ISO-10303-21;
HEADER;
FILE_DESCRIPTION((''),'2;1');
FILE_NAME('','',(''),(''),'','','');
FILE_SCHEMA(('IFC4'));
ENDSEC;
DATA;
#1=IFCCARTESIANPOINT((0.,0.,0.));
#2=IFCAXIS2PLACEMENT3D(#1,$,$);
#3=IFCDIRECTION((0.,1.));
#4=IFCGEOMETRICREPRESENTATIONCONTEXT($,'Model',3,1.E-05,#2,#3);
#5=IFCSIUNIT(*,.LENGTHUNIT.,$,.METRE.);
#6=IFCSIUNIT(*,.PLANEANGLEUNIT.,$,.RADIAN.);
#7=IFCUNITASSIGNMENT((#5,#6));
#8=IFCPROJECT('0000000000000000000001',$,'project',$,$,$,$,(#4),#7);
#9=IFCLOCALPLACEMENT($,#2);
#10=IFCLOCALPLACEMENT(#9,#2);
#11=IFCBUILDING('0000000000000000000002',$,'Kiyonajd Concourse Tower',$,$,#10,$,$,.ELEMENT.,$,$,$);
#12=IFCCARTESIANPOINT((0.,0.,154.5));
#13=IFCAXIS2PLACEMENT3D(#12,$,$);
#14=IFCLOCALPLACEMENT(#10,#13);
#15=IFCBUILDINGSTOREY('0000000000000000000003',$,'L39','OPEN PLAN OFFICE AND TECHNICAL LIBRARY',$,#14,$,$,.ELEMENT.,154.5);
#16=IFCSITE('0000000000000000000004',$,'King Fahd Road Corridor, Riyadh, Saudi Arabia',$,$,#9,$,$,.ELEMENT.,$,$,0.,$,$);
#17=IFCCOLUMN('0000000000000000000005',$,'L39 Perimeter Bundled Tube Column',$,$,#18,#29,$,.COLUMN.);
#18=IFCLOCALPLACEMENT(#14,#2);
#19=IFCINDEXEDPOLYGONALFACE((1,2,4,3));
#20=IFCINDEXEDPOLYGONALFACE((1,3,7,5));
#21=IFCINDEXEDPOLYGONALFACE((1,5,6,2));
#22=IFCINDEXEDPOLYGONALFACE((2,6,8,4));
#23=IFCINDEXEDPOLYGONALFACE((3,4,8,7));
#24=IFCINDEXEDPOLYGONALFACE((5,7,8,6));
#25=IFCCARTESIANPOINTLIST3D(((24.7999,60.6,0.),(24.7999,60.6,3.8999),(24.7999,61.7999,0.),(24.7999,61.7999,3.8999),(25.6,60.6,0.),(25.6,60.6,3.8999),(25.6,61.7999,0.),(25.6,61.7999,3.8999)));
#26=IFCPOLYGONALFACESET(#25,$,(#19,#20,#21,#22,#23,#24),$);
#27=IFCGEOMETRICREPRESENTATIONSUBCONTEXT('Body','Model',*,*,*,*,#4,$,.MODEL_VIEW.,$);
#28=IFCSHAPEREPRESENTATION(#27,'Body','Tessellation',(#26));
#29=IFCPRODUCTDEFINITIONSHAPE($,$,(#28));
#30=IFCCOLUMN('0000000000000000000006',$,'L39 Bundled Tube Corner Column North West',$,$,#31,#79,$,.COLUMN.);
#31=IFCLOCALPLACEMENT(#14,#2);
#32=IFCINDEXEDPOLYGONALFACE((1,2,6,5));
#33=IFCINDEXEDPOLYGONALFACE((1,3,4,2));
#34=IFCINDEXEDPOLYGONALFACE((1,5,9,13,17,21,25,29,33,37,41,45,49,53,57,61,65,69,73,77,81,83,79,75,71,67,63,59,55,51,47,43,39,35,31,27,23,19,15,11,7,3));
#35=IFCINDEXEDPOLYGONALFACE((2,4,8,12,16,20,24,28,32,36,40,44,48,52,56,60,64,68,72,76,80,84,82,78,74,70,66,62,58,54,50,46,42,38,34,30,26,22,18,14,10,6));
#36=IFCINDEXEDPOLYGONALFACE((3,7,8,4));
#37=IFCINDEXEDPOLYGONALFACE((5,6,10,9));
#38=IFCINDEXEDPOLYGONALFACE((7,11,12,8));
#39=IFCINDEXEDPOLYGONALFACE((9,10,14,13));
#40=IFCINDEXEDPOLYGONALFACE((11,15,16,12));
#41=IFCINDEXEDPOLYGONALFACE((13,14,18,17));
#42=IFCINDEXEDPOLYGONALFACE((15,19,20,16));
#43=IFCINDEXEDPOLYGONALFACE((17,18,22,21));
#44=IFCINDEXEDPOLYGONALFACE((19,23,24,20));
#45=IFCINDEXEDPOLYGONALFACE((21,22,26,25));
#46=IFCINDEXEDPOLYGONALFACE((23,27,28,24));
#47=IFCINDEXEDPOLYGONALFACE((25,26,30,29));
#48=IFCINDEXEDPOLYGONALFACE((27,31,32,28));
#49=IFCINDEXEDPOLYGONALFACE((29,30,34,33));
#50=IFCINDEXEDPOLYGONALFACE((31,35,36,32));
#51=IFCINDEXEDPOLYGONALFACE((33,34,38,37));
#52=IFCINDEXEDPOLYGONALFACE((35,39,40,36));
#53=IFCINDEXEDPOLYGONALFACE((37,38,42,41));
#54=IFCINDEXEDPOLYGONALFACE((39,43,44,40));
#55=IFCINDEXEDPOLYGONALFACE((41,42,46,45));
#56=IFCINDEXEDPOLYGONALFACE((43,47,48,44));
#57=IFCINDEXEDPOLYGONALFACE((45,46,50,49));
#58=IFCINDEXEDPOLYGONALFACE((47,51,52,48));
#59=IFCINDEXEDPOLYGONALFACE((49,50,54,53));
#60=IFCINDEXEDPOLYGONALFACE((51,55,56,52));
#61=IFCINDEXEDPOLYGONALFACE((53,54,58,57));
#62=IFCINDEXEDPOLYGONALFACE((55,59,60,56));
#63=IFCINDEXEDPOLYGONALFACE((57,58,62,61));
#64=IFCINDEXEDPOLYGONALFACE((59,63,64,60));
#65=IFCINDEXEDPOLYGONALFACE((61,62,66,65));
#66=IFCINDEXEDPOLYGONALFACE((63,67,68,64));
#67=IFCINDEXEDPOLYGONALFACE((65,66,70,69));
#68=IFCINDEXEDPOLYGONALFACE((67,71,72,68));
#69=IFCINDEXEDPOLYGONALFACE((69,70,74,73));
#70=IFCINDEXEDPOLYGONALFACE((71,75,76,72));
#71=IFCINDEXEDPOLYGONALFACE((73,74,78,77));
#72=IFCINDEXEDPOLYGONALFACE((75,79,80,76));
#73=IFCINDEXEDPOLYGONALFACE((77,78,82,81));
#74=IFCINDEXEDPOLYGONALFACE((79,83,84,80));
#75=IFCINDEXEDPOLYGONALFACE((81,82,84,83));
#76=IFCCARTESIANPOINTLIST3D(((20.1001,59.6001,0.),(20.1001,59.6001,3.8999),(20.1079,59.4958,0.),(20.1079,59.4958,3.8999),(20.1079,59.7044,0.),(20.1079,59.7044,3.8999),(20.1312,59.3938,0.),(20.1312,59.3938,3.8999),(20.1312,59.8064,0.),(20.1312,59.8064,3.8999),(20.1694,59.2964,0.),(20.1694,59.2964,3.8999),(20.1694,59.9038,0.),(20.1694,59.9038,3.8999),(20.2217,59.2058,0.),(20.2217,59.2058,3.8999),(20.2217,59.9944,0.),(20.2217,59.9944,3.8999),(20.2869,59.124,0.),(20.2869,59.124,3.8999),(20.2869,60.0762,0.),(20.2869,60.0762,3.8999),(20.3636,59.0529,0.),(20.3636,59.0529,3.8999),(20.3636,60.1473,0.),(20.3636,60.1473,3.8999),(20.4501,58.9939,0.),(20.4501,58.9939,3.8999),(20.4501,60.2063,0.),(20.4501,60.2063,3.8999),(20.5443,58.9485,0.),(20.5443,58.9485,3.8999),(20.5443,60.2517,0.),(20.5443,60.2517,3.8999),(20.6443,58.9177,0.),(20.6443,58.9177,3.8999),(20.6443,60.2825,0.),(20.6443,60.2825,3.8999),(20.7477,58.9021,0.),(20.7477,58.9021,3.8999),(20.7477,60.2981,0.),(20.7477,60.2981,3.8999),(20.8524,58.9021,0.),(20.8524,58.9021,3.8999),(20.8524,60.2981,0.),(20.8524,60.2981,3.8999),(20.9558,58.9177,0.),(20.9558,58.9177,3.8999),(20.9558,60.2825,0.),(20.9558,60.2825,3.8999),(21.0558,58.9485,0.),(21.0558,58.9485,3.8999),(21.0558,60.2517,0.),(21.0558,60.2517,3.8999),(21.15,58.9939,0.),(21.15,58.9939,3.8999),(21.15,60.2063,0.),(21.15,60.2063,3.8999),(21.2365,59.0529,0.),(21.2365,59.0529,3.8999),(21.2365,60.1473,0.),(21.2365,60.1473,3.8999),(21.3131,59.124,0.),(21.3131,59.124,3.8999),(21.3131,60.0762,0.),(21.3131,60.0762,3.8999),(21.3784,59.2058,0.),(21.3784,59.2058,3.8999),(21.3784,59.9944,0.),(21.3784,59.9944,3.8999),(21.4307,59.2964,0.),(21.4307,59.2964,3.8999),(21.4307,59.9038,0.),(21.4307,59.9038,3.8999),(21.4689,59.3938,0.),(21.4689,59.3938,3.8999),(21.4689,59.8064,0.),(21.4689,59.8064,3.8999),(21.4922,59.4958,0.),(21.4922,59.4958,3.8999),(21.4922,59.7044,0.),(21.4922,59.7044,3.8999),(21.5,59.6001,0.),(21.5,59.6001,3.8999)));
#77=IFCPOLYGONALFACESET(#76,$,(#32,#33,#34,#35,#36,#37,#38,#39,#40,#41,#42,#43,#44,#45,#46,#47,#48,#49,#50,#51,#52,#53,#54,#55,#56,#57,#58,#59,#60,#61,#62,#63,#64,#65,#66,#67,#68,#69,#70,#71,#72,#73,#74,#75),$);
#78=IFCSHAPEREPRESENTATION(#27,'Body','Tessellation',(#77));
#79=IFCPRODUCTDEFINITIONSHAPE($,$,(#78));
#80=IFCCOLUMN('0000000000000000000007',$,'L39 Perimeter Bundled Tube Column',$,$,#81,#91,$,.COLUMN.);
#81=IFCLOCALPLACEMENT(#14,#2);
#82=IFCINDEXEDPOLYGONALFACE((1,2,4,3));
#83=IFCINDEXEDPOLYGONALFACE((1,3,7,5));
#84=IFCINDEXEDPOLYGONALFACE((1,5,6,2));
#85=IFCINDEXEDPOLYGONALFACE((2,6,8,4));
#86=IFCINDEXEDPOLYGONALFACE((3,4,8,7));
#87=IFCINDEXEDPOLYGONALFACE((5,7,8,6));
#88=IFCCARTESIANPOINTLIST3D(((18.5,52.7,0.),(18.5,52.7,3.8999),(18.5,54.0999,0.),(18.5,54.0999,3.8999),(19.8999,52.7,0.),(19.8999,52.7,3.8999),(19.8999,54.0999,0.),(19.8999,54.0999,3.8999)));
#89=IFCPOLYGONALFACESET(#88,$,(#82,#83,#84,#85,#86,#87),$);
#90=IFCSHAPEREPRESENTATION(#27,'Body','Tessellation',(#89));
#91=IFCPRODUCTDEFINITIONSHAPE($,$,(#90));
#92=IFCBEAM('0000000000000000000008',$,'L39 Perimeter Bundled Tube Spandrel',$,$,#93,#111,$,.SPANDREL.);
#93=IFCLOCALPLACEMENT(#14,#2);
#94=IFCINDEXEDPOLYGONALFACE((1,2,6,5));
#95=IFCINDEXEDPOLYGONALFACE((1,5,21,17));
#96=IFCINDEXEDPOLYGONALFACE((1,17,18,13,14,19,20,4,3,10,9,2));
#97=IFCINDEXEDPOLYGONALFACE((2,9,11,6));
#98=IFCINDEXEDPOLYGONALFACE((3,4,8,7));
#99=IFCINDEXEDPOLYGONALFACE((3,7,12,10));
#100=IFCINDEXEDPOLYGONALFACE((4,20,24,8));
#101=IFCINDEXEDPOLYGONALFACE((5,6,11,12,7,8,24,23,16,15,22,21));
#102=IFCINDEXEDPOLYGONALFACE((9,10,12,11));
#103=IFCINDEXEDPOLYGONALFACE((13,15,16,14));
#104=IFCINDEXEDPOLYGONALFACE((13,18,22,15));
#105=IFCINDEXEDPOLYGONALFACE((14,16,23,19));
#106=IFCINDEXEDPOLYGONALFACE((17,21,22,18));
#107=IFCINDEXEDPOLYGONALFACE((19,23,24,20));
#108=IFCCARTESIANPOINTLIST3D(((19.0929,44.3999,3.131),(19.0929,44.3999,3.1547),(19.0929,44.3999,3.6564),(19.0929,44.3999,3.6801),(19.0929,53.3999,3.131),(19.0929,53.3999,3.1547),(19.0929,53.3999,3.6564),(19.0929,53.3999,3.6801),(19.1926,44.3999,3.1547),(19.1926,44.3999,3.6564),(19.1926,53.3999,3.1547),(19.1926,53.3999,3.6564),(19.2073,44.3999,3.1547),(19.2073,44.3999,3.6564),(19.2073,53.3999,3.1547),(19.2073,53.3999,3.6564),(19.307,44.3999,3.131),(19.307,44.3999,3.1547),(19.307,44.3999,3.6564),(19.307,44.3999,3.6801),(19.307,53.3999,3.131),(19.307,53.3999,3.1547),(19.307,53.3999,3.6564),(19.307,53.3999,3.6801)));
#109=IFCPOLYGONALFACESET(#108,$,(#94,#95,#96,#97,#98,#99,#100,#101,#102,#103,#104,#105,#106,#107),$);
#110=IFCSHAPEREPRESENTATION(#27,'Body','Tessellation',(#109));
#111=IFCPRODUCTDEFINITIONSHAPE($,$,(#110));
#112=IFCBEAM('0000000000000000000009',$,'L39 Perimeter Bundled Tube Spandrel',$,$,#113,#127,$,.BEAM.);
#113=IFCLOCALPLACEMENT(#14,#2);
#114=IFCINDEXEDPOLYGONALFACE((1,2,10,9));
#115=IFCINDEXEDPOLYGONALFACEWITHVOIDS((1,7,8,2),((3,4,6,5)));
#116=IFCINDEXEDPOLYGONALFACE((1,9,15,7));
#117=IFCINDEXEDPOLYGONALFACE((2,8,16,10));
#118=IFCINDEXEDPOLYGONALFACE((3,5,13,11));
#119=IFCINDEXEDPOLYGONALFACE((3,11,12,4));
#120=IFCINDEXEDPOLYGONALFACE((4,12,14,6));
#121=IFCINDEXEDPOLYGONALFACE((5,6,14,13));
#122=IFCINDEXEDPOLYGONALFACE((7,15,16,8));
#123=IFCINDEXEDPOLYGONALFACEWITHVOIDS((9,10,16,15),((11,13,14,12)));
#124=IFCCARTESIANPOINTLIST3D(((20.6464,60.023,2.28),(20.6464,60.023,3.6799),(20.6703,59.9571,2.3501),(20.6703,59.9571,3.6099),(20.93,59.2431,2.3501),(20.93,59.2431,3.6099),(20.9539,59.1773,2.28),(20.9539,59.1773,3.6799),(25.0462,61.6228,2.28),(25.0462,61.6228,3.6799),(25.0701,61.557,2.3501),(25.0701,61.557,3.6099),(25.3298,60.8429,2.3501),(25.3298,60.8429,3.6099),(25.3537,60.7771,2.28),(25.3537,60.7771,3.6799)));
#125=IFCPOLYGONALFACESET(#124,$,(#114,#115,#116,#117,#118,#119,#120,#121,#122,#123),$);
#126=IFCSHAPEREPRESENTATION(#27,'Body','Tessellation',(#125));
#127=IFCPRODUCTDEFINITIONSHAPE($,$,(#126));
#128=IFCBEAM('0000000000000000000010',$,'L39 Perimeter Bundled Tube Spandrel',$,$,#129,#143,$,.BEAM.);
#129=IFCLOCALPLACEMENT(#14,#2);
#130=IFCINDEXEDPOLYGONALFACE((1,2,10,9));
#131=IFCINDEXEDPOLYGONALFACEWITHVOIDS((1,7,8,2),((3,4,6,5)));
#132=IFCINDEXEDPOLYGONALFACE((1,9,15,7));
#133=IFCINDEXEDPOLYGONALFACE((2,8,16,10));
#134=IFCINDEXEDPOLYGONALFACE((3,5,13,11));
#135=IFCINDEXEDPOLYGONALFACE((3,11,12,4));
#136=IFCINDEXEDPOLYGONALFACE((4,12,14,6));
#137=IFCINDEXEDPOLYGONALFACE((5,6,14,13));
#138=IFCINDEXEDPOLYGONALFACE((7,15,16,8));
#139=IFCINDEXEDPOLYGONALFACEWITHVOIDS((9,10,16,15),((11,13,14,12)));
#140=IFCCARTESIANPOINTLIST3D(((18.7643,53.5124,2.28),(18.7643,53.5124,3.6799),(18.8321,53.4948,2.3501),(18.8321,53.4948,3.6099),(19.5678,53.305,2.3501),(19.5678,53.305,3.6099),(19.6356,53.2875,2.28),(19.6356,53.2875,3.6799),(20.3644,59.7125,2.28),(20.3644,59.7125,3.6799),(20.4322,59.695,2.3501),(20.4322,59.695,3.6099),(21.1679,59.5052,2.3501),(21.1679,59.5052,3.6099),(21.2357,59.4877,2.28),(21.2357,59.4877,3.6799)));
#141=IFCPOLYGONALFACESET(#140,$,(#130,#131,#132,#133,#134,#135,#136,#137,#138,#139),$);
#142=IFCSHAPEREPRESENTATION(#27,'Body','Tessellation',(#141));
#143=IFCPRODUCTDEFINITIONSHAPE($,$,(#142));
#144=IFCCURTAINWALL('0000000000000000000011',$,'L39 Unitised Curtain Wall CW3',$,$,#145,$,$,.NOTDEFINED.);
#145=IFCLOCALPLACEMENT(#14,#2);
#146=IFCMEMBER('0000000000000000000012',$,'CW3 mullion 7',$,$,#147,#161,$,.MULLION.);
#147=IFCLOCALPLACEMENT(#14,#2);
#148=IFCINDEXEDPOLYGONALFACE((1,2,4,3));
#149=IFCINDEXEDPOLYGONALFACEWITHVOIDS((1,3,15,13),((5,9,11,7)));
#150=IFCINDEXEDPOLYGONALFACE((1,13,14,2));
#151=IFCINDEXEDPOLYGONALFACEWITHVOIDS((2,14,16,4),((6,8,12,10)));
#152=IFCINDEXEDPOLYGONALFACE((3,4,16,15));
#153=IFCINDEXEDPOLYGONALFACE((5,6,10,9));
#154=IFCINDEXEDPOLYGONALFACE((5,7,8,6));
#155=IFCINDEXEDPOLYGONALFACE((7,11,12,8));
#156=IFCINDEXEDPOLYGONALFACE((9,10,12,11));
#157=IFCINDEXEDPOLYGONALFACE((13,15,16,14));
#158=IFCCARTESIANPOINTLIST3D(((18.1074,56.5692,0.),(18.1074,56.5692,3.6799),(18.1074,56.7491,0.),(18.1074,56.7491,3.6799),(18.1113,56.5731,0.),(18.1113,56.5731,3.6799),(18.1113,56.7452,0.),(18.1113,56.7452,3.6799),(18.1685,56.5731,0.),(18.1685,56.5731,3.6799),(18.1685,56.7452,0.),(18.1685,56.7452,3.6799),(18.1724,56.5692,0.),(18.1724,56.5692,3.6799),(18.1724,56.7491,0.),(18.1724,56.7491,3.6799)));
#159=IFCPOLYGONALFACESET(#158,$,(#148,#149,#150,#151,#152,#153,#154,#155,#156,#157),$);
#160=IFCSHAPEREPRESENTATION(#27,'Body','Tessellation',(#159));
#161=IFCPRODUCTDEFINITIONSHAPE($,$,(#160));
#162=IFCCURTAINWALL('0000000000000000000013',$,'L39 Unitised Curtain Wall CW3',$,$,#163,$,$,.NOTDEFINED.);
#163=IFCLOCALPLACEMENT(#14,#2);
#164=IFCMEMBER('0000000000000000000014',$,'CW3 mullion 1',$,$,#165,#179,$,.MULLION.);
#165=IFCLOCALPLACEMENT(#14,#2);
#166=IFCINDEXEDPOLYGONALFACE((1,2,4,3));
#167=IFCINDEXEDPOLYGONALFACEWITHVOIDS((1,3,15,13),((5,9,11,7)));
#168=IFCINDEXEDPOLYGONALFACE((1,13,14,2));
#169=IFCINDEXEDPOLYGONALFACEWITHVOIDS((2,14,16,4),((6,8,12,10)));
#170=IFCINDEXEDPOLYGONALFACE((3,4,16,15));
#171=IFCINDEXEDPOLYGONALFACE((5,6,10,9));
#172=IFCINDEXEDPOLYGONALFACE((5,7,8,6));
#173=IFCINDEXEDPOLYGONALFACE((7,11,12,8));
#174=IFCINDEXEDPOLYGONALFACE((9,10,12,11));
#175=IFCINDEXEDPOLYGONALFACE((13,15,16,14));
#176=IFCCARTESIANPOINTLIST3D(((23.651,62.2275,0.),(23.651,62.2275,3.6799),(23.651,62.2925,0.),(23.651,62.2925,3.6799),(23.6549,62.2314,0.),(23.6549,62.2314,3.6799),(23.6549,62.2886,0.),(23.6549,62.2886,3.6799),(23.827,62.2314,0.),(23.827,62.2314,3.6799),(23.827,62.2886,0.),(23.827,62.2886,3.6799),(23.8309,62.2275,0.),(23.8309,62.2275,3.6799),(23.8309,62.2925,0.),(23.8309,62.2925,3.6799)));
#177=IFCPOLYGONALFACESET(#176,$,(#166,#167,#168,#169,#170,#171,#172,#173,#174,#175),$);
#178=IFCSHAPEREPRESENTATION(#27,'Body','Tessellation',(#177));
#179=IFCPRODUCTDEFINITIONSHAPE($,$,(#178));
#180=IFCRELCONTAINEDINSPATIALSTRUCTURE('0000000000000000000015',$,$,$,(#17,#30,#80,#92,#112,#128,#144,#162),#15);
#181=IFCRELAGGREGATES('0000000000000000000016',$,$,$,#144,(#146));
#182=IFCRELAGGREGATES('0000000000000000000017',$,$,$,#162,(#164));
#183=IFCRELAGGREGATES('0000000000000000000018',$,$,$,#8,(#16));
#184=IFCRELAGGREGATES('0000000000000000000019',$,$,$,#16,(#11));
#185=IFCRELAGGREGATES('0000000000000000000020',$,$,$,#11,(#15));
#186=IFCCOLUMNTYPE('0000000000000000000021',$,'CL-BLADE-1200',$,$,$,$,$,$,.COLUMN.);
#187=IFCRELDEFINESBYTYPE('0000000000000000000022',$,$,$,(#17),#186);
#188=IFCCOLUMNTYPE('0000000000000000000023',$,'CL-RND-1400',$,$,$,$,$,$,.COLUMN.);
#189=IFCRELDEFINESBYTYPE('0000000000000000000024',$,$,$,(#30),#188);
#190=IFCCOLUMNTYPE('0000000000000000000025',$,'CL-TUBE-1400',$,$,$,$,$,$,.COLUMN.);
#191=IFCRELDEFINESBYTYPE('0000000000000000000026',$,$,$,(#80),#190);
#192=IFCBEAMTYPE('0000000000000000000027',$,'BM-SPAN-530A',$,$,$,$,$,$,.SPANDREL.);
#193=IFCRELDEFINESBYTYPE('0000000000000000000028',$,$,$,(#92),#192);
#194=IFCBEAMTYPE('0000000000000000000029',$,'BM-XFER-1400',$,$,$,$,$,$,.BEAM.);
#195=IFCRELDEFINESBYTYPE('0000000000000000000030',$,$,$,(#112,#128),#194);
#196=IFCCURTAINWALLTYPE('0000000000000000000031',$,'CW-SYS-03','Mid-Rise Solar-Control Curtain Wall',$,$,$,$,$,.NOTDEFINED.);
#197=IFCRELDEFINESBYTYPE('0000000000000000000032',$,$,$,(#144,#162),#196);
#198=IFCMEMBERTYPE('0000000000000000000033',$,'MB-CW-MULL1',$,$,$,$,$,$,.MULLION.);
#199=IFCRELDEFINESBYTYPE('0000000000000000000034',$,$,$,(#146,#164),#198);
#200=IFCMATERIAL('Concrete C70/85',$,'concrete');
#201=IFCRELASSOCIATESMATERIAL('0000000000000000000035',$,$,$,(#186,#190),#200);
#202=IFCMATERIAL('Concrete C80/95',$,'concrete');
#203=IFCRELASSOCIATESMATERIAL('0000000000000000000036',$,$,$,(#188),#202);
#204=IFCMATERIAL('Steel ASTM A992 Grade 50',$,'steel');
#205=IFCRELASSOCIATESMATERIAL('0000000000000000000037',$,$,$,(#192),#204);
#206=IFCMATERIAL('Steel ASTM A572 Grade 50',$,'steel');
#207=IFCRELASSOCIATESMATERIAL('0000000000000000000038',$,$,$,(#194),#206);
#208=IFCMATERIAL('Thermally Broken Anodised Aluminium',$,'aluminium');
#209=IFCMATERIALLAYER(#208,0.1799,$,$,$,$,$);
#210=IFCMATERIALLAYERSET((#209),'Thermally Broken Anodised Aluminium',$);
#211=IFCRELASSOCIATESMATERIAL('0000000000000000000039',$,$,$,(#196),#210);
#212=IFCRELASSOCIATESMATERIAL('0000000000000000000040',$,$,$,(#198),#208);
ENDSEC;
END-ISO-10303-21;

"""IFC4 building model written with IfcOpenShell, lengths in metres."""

from ifc_helpers import new_model, si_unit, direction, frame, origin, origin_2d, place, context, subcontext, project, spatial, rectangle, hollow_rectangle, circle, i_section, extrude, material, layer, layer_set, material_profile, profile_set, type_object, element, aggregate, save


model = new_model("IFC4")

# Units and contexts
model_context = context("Model", 3, precision=1e-05, world=origin(), true_north=direction((0.0, 1.0)))
body_context = subcontext(model_context, "Body", "Model", "MODEL_VIEW")
ifc_project = project(units=[si_unit("LENGTHUNIT", "METRE"), si_unit("PLANEANGLEUNIT", "RADIAN")], contexts=[model_context])

# Site, building, storey
site_placement = place(None, origin())
site = spatial("IfcSite", under=ifc_project, at=site_placement, Name="King Fahd Road Corridor, Riyadh, Saudi Arabia", CompositionType="ELEMENT", RefElevation=0.0)
building_placement = place(site_placement, origin())
building = spatial("IfcBuilding", under=site, at=building_placement, Name="Kiyonajd Concourse Tower", CompositionType="ELEMENT")
storey_placement = place(building_placement, frame((0.0, 0.0, 154.5)))
storey = spatial("IfcBuildingStorey", under=building, at=storey_placement, Name="L39", Description="OPEN PLAN OFFICE AND TECHNICAL LIBRARY", CompositionType="ELEMENT", Elevation=154.5)

# Columns
ifc_material_1 = material(Name="Concrete C70/85", Category="concrete")
ifc_material_profile_1 = material_profile(ifc_material_1, rectangle(XDim=0.8, YDim=1.2, at=origin_2d()), Name="RC-1200x800")
ifc_profile_set_1 = profile_set([ifc_material_profile_1], Name="Concrete C70/85")
column_type_1 = type_object("IfcColumnType", Name="CL-BLADE-1200", PredefinedType="COLUMN", material=ifc_profile_set_1)
column_1_placement = place(storey_placement, frame((25.2, 61.2, 0.0), z_axis=(0.0, 0.0, 1.0), x_axis=(1.0, 0.0, 0.0)))
element("IfcColumn", 1, at=column_1_placement, inside=storey, type_object=column_type_1, Name="L39 Perimeter Bundled Tube Column", PredefinedType="COLUMN", context=body_context, shape_type="SweptSolid", body=[
    extrude(rectangle(XDim=0.8, YDim=1.2, at=origin_2d()), origin(), (0.0, 0.0, 1.0), 3.8999),
])
ifc_material_2 = material(Name="Concrete C80/95", Category="concrete")
ifc_material_profile_2 = material_profile(ifc_material_2, circle(Radius=0.7, at=origin_2d()), Name="RCC-D1400")
ifc_profile_set_2 = profile_set([ifc_material_profile_2], Name="Concrete C80/95")
column_type_2 = type_object("IfcColumnType", Name="CL-RND-1400", PredefinedType="COLUMN", material=ifc_profile_set_2)
column_2_placement = place(storey_placement, frame((20.8, 59.6001, 0.0), z_axis=(0.0, 0.0, 1.0), x_axis=(1.0, 0.0, 0.0)))
element("IfcColumn", 2, at=column_2_placement, inside=storey, type_object=column_type_2, Name="L39 Bundled Tube Corner Column North West", PredefinedType="COLUMN", context=body_context, shape_type="SweptSolid", body=[
    extrude(circle(Radius=0.7, at=origin_2d()), origin(), (0.0, 0.0, 1.0), 3.8999),
])
ifc_material_profile_3 = material_profile(ifc_material_1, rectangle(XDim=1.3999, YDim=1.3999, at=origin_2d()), Name="RC-1400x1400")
ifc_profile_set_3 = profile_set([ifc_material_profile_3], Name="Concrete C70/85")
column_type_3 = type_object("IfcColumnType", Name="CL-TUBE-1400", PredefinedType="COLUMN", material=ifc_profile_set_3)
column_3_placement = place(storey_placement, frame((19.2, 53.3999, 0.0), z_axis=(0.0, 0.0, 1.0), x_axis=(1.0, 0.0, 0.0)))
element("IfcColumn", 3, at=column_3_placement, inside=storey, type_object=column_type_3, Name="L39 Perimeter Bundled Tube Column", PredefinedType="COLUMN", context=body_context, shape_type="SweptSolid", body=[
    extrude(rectangle(XDim=1.3999, YDim=1.3999, at=origin_2d()), origin(), (0.0, 0.0, 1.0), 3.8999),
])

# Beams
ifc_material_3 = material(Name="Steel ASTM A992 Grade 50", Category="steel")
ifc_material_profile_4 = material_profile(ifc_material_3, i_section(OverallWidth=0.2141, OverallDepth=0.5491, WebThickness=0.0146, FlangeThickness=0.0237, at=origin_2d()), Name="W530X138")
ifc_profile_set_4 = profile_set([ifc_material_profile_4], Name="Steel ASTM A992 Grade 50")
beam_type_1 = type_object("IfcBeamType", Name="BM-SPAN-530A", PredefinedType="SPANDREL", material=ifc_profile_set_4)
beam_1_placement = place(storey_placement, frame((19.2, 53.3999, 3.4055), z_axis=(0.0, -1.0, 0.0), x_axis=(1.0, 0.0, 0.0)))
element("IfcBeam", 4, at=beam_1_placement, inside=storey, type_object=beam_type_1, Name="L39 Perimeter Bundled Tube Spandrel", PredefinedType="SPANDREL", context=body_context, shape_type="SweptSolid", body=[
    extrude(i_section(OverallWidth=0.2141, OverallDepth=0.5491, WebThickness=0.0146, FlangeThickness=0.0237, at=origin_2d()), origin(), (0.0, 0.0, 1.0), 9.0),
])
ifc_material_4 = material(Name="Steel ASTM A572 Grade 50", Category="steel")
ifc_material_profile_5 = material_profile(ifc_material_4, hollow_rectangle(XDim=0.8999, YDim=1.3999, WallThickness=0.0701, at=origin_2d()), Name="BOX-1400x900x70")
ifc_profile_set_5 = profile_set([ifc_material_profile_5], Name="Steel ASTM A572 Grade 50")
beam_type_2 = type_object("IfcBeamType", Name="BM-XFER-1400", PredefinedType="BEAM", material=ifc_profile_set_5)
beam_2_placement = place(storey_placement, frame((25.2, 61.2, 2.98), z_axis=(-0.939801, -0.341722, 0.0), x_axis=(0.341722, -0.939801, 0.0)))
element("IfcBeam", 5, at=beam_2_placement, inside=storey, type_object=beam_type_2, Name="L39 Perimeter Bundled Tube Spandrel", PredefinedType="BEAM", context=body_context, shape_type="SweptSolid", body=[
    extrude(hollow_rectangle(XDim=0.8999, YDim=1.3999, WallThickness=0.0701, at=origin_2d()), origin(), (0.0, 0.0, 1.0), 4.6816),
])
beam_3_placement = place(storey_placement, frame((20.8, 59.6001, 2.98), z_axis=(-0.249885, -0.968276, 0.0), x_axis=(0.968276, -0.249885, 0.0)))
element("IfcBeam", 6, at=beam_3_placement, inside=storey, type_object=beam_type_2, Name="L39 Perimeter Bundled Tube Spandrel", PredefinedType="BEAM", context=body_context, shape_type="SweptSolid", body=[
    extrude(hollow_rectangle(XDim=0.8999, YDim=1.3999, WallThickness=0.0701, at=origin_2d()), origin(), (0.0, 0.0, 1.0), 6.4033),
])

# Curtain wall, member
ifc_material_5 = material(Name="Thermally Broken Anodised Aluminium", Category="aluminium")
ifc_layer_1 = layer(ifc_material_5, 0.1799)
ifc_layer_set_1 = layer_set([ifc_layer_1], Name="Thermally Broken Anodised Aluminium")
curtain_wall_type = type_object("IfcCurtainWallType", Name="CW-SYS-03", Description="Mid-Rise Solar-Control Curtain Wall", PredefinedType="NOTDEFINED", material=ifc_layer_set_1)
curtain_wall_1_placement = place(storey_placement, origin())
curtain_wall_1 = element("IfcCurtainWall", 7, at=curtain_wall_1_placement, inside=storey, type_object=curtain_wall_type, Name="L39 Unitised Curtain Wall CW3", PredefinedType="NOTDEFINED")
ifc_material_profile_6 = material_profile(ifc_material_5, hollow_rectangle(XDim=0.0649, YDim=0.1799, WallThickness=0.0039, at=origin_2d()), Name="MULL-65x180")
ifc_profile_set_6 = profile_set([ifc_material_profile_6], Name="Thermally Broken Anodised Aluminium")
member_type_1 = type_object("IfcMemberType", Name="MB-CW-MULL1", PredefinedType="MULLION", material=ifc_profile_set_6)
member_1_placement = place(storey_placement, frame((18.1399, 56.6592, 0.0), z_axis=(0.0, 0.0, 1.0), x_axis=(-1.0, 0.0, 0.0)))
member_1 = element("IfcMember", 8, at=member_1_placement, type_object=member_type_1, Name="CW3 mullion 7", PredefinedType="MULLION", context=body_context, shape_type="SweptSolid", body=[
    extrude(hollow_rectangle(XDim=0.0649, YDim=0.1799, WallThickness=0.0039, at=origin_2d()), origin(), (0.0, 0.0, 1.0), 3.6799),
])

# Curtain wall, member
curtain_wall_2_placement = place(storey_placement, origin())
curtain_wall_2 = element("IfcCurtainWall", 9, at=curtain_wall_2_placement, inside=storey, type_object=curtain_wall_type, Name="L39 Unitised Curtain Wall CW3", PredefinedType="NOTDEFINED")
member_2_placement = place(storey_placement, frame((23.741, 62.26, 0.0), z_axis=(0.0, 0.0, 1.0), x_axis=(0.0, 1.0, 0.0)))
member_2 = element("IfcMember", 10, at=member_2_placement, type_object=member_type_1, Name="CW3 mullion 1", PredefinedType="MULLION", context=body_context, shape_type="SweptSolid", body=[
    extrude(hollow_rectangle(XDim=0.0649, YDim=0.1799, WallThickness=0.0039, at=origin_2d()), origin(), (0.0, 0.0, 1.0), 3.6799),
])

aggregate(curtain_wall_1, [member_1])
aggregate(curtain_wall_2, [member_2])

save(model, "model.ifc")
